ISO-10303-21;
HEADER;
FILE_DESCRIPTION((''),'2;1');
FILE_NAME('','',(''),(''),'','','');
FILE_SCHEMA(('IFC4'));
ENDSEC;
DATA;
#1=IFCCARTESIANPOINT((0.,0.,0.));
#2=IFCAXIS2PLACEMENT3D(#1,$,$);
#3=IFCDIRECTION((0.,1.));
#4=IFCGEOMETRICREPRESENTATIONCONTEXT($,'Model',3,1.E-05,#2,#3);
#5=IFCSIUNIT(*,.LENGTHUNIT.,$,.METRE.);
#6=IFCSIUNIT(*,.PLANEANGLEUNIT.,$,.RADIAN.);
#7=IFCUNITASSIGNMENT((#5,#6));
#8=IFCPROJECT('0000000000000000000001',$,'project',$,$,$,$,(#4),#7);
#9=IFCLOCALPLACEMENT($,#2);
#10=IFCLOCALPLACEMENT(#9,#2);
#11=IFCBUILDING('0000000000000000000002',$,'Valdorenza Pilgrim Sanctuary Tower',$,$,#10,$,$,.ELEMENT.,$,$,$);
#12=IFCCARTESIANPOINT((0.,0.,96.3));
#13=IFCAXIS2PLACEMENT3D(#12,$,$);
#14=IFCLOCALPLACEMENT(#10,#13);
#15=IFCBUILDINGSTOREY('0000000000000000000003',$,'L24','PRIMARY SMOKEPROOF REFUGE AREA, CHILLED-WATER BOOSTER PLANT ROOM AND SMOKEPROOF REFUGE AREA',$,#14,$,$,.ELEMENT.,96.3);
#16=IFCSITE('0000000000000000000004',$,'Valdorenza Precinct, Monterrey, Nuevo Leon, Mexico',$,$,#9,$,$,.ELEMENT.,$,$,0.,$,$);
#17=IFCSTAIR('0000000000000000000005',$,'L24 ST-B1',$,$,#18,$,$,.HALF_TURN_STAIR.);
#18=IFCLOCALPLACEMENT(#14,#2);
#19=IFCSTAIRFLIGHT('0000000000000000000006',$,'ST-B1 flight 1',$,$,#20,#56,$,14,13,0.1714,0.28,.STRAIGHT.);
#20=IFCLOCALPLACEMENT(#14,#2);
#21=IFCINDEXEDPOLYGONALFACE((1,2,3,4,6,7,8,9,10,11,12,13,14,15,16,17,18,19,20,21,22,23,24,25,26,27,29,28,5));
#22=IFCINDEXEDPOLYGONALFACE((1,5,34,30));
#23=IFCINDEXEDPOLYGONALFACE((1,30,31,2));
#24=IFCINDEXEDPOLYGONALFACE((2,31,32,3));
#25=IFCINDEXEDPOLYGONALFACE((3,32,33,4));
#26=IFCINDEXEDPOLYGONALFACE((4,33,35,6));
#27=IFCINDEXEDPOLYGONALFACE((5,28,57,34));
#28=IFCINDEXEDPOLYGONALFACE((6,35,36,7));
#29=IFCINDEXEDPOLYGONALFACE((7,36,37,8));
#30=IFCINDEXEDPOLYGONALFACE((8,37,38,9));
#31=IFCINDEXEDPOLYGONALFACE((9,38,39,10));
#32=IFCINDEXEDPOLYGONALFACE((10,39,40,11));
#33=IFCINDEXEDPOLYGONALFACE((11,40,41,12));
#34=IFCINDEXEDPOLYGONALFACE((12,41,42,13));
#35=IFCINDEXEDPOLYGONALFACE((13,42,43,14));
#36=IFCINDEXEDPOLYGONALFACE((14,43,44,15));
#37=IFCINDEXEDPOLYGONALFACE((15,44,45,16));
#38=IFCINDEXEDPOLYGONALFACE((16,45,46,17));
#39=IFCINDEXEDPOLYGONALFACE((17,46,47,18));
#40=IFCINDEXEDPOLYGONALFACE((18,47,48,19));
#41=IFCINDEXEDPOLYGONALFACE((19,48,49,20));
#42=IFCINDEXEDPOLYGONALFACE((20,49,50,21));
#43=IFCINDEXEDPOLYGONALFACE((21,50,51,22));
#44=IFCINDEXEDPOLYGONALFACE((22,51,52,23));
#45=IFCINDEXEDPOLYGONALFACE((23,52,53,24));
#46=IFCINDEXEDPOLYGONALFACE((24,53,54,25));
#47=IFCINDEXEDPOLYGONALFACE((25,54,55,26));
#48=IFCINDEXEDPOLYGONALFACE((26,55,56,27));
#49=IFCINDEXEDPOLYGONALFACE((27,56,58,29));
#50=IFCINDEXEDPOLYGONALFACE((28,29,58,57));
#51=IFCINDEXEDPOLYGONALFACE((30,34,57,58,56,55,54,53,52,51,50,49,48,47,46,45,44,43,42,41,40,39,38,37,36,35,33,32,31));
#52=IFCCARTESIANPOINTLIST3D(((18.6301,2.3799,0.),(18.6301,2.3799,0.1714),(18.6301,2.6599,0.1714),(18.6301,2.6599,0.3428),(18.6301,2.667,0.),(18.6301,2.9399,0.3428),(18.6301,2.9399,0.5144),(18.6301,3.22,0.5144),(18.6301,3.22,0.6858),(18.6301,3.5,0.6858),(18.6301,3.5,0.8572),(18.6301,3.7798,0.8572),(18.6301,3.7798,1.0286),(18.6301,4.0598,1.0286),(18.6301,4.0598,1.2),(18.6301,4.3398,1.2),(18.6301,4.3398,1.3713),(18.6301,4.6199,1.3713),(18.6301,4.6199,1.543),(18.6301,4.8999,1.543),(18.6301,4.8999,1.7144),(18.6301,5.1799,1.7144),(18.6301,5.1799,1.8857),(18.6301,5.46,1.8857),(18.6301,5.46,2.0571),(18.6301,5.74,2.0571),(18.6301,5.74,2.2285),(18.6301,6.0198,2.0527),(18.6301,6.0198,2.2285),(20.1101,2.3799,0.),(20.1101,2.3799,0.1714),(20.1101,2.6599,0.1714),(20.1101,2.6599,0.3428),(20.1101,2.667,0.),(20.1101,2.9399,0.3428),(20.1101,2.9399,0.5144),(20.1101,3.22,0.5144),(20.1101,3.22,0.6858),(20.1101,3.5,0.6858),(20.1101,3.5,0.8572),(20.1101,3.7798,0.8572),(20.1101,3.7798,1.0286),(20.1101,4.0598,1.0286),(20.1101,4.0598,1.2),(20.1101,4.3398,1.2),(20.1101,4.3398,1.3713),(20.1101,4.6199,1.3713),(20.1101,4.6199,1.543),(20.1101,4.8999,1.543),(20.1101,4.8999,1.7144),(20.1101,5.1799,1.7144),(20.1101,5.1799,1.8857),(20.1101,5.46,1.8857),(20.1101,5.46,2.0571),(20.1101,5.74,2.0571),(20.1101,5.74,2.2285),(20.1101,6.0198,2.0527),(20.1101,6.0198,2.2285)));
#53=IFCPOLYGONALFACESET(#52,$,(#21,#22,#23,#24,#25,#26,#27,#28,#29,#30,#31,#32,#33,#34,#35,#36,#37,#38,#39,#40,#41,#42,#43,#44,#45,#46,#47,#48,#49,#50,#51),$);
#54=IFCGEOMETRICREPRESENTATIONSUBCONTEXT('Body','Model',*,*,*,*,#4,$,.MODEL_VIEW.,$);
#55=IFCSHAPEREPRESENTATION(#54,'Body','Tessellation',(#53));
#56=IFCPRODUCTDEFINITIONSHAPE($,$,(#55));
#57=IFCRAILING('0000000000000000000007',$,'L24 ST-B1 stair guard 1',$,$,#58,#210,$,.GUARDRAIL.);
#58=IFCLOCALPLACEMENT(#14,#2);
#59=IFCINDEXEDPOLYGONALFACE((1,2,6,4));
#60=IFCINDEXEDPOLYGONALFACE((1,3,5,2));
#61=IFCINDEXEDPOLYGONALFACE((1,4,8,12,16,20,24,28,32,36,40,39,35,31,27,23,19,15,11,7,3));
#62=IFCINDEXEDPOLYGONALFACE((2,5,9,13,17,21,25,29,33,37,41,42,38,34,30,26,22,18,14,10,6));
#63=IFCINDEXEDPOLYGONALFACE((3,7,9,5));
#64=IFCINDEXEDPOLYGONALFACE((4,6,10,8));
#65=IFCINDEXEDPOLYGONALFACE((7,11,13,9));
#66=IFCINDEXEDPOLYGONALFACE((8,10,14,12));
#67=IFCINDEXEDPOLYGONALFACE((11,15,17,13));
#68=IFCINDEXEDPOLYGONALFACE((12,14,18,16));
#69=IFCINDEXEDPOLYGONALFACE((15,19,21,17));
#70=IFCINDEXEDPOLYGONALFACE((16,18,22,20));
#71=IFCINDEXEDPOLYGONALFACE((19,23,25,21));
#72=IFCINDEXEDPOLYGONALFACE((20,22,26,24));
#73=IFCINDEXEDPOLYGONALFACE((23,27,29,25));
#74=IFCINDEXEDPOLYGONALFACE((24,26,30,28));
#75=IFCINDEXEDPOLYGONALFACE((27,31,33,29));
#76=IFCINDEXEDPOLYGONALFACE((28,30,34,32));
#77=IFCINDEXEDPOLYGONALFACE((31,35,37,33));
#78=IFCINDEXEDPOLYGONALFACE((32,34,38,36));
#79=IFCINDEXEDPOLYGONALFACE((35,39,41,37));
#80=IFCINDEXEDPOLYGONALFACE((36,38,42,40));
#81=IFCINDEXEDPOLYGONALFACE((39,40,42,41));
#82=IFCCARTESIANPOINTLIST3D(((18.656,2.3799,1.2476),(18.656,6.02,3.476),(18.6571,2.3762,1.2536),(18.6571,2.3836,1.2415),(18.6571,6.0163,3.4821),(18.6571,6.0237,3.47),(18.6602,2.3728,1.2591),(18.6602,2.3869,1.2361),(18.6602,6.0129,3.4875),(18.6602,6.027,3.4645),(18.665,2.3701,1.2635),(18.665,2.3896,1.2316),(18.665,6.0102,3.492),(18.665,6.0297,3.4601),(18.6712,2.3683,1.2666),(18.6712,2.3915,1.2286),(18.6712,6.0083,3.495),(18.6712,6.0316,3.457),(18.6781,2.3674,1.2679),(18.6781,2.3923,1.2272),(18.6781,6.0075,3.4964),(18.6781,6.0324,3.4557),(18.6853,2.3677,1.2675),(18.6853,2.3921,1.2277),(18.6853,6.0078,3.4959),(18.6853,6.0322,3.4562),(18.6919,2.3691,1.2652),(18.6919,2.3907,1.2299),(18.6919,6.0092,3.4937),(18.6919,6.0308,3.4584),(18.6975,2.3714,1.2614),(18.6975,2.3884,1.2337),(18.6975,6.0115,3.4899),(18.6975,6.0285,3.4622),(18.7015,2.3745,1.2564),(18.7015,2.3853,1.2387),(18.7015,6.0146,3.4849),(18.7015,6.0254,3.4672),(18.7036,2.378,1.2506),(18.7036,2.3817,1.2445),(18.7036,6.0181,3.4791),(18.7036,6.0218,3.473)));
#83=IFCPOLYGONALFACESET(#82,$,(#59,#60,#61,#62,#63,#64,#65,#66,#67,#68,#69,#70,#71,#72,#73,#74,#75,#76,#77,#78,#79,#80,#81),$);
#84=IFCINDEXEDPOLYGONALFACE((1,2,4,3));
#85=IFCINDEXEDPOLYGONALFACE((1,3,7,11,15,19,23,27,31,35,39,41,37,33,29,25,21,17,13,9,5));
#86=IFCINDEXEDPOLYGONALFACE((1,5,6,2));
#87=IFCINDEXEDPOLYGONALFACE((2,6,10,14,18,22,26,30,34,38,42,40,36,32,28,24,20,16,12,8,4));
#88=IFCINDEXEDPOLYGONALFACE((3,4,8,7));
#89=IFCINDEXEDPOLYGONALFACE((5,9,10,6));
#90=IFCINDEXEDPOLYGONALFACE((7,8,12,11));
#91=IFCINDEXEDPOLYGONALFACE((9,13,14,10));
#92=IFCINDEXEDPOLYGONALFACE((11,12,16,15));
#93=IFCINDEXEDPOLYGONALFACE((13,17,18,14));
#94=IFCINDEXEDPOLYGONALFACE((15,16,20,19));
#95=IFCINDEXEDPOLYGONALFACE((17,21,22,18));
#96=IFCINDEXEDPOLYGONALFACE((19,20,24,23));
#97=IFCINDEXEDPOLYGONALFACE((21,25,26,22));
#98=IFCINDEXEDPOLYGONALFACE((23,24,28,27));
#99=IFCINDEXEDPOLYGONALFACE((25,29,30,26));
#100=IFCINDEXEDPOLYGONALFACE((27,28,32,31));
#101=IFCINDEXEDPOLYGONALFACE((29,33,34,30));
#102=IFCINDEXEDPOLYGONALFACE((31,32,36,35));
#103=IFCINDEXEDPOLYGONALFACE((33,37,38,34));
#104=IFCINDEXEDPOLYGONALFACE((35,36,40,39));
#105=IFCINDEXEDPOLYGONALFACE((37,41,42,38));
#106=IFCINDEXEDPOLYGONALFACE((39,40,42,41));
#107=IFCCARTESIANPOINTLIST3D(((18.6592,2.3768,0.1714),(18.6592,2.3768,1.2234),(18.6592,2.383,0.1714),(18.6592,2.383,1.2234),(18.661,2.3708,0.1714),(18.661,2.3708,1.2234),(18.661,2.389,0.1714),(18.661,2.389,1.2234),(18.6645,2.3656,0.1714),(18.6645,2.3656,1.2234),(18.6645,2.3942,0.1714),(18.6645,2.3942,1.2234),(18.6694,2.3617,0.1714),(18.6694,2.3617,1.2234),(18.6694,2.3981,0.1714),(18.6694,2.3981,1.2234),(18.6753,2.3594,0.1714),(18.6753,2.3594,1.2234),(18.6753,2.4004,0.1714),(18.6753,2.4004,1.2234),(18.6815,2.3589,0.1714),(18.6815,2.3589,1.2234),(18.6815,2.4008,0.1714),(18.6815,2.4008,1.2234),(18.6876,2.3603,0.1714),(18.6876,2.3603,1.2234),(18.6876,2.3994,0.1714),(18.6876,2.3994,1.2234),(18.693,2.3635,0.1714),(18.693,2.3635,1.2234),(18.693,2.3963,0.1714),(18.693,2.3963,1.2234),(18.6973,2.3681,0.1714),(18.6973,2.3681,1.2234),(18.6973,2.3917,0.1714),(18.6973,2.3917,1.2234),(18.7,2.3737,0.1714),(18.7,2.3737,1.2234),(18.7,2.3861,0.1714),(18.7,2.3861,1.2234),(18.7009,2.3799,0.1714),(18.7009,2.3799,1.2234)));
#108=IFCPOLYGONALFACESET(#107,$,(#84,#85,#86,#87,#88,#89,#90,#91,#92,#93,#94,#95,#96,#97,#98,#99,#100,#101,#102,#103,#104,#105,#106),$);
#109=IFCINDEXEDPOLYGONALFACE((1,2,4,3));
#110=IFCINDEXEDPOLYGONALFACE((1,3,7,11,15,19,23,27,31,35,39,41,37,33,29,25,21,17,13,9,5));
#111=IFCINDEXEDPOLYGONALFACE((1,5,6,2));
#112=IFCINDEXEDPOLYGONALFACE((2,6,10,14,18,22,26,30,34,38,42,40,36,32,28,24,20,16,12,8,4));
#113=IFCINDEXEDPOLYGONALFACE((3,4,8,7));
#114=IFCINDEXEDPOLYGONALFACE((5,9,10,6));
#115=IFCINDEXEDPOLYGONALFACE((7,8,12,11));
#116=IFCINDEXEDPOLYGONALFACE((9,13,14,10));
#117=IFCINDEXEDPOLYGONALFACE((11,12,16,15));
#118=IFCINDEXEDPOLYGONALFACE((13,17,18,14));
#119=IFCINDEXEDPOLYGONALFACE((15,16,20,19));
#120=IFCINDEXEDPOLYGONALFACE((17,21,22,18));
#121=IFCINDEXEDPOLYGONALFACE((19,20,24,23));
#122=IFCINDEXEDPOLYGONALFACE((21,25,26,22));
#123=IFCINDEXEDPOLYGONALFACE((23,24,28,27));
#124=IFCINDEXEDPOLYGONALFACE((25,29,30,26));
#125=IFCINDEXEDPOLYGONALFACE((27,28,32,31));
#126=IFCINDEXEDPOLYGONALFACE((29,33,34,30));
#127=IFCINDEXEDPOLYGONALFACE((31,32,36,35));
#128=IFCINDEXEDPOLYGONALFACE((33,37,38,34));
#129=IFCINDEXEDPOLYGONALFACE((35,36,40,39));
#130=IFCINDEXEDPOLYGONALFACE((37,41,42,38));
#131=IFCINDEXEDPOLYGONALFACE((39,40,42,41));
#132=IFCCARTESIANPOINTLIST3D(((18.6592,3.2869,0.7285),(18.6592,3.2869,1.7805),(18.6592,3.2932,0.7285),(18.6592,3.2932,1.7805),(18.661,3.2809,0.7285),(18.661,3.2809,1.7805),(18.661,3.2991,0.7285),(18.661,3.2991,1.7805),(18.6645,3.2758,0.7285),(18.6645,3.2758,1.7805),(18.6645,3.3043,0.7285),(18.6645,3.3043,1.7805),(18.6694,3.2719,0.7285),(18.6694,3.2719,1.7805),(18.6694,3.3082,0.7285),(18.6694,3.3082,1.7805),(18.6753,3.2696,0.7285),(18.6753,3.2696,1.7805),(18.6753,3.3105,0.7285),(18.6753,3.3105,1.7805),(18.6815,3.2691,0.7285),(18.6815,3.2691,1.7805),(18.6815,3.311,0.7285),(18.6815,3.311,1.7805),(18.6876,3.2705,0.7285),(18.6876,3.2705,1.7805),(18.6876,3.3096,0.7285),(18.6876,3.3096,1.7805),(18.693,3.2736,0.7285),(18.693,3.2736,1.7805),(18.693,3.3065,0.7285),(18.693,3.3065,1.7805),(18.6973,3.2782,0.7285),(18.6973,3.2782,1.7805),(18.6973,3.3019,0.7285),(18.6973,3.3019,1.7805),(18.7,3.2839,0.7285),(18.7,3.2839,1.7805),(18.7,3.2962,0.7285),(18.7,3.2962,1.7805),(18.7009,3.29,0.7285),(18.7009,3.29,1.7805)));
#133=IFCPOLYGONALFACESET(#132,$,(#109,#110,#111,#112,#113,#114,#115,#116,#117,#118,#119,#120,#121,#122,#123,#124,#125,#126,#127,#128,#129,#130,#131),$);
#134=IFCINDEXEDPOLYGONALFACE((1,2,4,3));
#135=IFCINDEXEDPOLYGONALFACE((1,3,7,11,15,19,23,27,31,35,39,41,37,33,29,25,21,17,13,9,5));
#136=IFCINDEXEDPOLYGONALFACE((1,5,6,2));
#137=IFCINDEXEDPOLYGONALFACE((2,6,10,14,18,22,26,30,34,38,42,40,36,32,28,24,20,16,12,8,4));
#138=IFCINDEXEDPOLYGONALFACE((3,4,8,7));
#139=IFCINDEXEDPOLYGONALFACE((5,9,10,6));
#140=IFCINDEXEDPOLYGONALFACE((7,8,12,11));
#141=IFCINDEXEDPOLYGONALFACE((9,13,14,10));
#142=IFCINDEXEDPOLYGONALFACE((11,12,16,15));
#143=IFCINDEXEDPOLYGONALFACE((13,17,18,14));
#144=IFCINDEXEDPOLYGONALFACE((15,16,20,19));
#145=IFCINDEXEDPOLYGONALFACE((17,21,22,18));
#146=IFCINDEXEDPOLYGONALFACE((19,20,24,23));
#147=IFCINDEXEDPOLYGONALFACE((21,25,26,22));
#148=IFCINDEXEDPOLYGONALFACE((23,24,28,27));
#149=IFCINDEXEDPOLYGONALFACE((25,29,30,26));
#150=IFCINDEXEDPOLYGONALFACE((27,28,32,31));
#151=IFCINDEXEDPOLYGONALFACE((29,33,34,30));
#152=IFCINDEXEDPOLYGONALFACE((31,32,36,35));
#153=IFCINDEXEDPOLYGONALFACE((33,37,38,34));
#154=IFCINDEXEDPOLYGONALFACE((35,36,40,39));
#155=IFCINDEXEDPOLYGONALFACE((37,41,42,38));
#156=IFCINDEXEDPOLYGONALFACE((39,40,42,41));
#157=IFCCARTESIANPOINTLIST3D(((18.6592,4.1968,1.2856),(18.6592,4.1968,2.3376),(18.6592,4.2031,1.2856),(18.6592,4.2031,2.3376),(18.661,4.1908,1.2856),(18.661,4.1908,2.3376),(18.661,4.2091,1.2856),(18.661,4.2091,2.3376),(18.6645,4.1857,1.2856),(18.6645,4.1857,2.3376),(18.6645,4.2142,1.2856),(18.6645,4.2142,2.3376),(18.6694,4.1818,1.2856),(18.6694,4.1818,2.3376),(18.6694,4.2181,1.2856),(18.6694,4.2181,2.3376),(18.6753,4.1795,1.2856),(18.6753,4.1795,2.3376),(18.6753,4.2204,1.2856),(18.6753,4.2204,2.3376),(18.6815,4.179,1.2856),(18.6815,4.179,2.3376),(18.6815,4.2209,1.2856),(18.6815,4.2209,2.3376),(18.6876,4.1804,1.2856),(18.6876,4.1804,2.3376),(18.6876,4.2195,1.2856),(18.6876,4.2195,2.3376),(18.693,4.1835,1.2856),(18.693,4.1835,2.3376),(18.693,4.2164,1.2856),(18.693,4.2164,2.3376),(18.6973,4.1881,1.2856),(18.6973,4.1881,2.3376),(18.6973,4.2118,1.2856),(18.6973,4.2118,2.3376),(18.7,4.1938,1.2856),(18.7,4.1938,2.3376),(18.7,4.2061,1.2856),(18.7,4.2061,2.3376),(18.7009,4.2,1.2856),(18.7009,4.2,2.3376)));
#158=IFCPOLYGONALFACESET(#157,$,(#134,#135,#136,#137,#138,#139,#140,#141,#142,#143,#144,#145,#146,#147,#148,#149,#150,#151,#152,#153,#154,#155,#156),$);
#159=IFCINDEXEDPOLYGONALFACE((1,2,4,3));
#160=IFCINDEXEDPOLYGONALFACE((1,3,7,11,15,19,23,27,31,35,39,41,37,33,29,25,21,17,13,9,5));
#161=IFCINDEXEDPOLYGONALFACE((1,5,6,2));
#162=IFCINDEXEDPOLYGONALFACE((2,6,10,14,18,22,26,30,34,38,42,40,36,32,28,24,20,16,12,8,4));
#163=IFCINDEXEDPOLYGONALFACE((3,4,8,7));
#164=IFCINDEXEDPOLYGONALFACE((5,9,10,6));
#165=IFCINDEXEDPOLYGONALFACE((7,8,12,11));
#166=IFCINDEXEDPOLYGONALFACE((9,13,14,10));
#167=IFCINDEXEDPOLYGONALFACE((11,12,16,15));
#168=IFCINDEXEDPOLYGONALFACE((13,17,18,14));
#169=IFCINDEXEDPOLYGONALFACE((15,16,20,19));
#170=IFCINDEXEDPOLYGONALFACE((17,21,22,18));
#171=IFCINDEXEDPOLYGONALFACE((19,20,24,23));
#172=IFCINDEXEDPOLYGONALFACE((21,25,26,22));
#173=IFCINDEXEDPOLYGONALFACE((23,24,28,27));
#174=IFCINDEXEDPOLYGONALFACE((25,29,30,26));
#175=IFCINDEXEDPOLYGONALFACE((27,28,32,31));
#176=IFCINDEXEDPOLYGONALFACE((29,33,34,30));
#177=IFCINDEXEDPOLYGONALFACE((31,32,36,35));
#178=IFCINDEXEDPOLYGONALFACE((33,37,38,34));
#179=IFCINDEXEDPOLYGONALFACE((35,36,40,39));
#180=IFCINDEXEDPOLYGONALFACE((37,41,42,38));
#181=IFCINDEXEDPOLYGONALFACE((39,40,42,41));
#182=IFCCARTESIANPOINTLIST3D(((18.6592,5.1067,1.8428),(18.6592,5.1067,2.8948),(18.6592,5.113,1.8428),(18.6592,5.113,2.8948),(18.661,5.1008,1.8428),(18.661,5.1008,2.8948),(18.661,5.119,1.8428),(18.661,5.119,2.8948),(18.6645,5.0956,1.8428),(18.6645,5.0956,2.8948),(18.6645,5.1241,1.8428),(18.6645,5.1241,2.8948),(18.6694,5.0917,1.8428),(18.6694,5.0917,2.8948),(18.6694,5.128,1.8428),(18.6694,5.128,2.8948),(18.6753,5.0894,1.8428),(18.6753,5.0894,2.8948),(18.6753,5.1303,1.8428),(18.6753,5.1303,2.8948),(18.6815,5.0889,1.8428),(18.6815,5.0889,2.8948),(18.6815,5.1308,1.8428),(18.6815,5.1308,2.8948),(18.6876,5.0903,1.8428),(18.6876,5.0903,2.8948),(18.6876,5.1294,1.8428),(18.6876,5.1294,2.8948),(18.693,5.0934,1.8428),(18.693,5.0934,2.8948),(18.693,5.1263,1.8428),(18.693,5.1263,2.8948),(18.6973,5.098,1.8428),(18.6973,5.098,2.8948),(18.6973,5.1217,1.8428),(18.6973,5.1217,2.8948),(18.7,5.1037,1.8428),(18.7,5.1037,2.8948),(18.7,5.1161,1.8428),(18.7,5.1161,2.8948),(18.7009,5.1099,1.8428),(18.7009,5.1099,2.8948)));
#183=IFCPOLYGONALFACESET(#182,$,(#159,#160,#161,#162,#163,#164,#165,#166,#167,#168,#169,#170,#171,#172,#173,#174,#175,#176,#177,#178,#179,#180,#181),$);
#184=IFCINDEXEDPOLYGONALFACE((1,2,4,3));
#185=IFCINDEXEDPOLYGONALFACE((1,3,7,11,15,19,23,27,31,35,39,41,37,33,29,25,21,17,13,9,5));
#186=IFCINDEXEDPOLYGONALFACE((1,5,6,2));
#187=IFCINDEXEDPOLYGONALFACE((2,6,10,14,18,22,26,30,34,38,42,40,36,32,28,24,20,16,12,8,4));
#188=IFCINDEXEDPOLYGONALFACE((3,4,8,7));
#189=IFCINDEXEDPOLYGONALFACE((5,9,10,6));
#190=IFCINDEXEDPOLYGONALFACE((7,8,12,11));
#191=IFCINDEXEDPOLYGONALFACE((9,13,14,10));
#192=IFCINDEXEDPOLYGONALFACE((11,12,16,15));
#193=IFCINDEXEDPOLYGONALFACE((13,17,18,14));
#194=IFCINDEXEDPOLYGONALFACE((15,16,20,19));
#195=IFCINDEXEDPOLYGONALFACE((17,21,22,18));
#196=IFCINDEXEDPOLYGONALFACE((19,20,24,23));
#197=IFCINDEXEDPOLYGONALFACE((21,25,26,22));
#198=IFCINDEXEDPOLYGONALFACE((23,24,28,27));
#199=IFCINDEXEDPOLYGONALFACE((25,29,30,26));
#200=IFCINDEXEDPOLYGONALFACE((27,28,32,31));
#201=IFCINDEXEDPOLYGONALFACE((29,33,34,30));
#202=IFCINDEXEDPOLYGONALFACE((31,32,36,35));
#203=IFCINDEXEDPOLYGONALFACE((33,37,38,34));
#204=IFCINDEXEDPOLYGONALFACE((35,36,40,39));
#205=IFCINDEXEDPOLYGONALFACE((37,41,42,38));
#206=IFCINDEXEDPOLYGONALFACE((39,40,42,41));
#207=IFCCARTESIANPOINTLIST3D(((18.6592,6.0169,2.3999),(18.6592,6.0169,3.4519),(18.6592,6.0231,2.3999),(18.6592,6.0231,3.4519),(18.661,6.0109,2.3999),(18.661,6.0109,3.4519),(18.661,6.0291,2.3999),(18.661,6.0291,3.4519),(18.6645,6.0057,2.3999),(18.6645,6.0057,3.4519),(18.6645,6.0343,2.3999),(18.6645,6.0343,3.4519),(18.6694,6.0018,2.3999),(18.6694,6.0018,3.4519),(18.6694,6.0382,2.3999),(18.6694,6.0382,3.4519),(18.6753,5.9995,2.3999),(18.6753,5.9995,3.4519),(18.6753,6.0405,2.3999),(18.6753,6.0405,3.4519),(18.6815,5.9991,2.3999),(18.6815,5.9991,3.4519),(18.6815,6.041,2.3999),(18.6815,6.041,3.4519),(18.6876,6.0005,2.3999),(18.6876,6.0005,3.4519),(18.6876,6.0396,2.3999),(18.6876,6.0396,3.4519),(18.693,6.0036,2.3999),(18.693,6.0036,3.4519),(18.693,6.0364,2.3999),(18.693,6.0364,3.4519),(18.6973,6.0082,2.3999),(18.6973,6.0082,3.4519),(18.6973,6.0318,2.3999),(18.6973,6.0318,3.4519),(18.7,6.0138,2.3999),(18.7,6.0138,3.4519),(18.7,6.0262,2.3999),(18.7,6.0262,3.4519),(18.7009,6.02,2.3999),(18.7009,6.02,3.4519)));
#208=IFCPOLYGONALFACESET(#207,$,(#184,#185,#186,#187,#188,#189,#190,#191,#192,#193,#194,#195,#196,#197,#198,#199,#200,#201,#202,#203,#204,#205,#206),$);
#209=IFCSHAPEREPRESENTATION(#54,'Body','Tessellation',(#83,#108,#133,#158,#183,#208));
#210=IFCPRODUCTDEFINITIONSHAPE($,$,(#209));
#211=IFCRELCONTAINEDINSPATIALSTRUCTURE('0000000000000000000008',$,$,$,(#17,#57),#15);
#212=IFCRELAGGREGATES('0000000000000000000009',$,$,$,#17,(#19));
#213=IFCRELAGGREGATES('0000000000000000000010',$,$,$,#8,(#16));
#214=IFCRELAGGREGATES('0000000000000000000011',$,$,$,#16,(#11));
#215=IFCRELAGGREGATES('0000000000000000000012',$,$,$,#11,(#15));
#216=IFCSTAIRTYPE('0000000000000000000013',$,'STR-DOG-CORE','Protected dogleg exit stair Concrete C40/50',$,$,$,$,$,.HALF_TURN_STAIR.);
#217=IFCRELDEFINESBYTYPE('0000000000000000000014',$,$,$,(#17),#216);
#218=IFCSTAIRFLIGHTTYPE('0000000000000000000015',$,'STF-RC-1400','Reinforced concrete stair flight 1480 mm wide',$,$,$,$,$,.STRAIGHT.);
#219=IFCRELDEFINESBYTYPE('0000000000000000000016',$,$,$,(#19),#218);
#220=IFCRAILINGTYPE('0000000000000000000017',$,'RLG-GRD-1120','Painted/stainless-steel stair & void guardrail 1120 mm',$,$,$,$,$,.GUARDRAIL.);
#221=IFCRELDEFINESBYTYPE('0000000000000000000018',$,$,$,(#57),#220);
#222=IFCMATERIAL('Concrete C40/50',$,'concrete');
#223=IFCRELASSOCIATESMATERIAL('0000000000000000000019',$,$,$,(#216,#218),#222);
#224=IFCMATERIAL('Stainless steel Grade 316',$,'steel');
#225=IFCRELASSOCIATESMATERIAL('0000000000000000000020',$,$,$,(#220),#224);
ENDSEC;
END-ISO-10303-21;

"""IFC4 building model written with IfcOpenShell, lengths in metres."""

from ifc_helpers import new_model, si_unit, direction, frame, origin, origin_2d, place, context, subcontext, project, spatial, polyline, circle, outline, extrude, material, type_object, element, aggregate, save


model = new_model("IFC4")

# Units and contexts
model_context = context("Model", 3, precision=1e-05, world=origin(), true_north=direction((0.0, 1.0)))
body_context = subcontext(model_context, "Body", "Model", "MODEL_VIEW")
ifc_project = project(units=[si_unit("LENGTHUNIT", "METRE"), si_unit("PLANEANGLEUNIT", "RADIAN")], contexts=[model_context])

# Site, building, storey
site_placement = place(None, origin())
site = spatial("IfcSite", under=ifc_project, at=site_placement, Name="Valdorenza Precinct, Monterrey, Nuevo Leon, Mexico", CompositionType="ELEMENT", RefElevation=0.0)
building_placement = place(site_placement, origin())
building = spatial("IfcBuilding", under=site, at=building_placement, Name="Valdorenza Pilgrim Sanctuary Tower", CompositionType="ELEMENT")
storey_placement = place(building_placement, frame((0.0, 0.0, 96.3)))
storey = spatial("IfcBuildingStorey", under=building, at=storey_placement, Name="L24", Description="PRIMARY SMOKEPROOF REFUGE AREA, CHILLED-WATER BOOSTER PLANT ROOM AND SMOKEPROOF REFUGE AREA", CompositionType="ELEMENT", Elevation=96.3)

# Stair, stair flight
ifc_material_1 = material(Name="Concrete C40/50", Category="concrete")
stair_type = type_object("IfcStairType", Name="STR-DOG-CORE", Description="Protected dogleg exit stair Concrete C40/50", PredefinedType="HALF_TURN_STAIR", material=ifc_material_1)
stair_placement = place(storey_placement, origin())
stair = element("IfcStair", 1, at=stair_placement, inside=storey, type_object=stair_type, Name="L24 ST-B1", PredefinedType="HALF_TURN_STAIR")
stair_flight_type = type_object("IfcStairFlightType", Name="STF-RC-1400", Description="Reinforced concrete stair flight 1480 mm wide", PredefinedType="STRAIGHT", material=ifc_material_1)
stair_flight_placement = place(storey_placement, frame((19.3701, 2.3799, 0.0), z_axis=(0.0, 0.0, 1.0), x_axis=(0.0, 1.0, 0.0)))
stair_flight = element("IfcStairFlight", 2, at=stair_flight_placement, type_object=stair_flight_type, Name="ST-B1 flight 1", NumberOfRisers=14, NumberOfTreads=13, PredefinedType="STRAIGHT", RiserHeight=0.1714, TreadLength=0.28, context=body_context, shape_type="SweptSolid", body=[
    extrude(outline(polyline([(0.0, 0.0), (0.0, 0.1714), (0.28, 0.1714), (0.28, 0.3428), (0.5601, 0.3428), (0.5601, 0.5144), (0.8401, 0.5144), (0.8401, 0.6858), (1.1201, 0.6858), (1.1201, 0.8572), (1.3999, 0.8572), (1.3999, 1.0286), (1.6799, 1.0286), (1.6799, 1.2), (1.96, 1.2), (1.96, 1.3713), (2.24, 1.3713), (2.24, 1.543), (2.52, 1.543), (2.52, 1.7144), (2.8, 1.7144), (2.8, 1.8857), (3.0801, 1.8857), (3.0801, 2.0571), (3.3601, 2.0571), (3.3601, 2.2285), (3.6399, 2.2285), (3.6399, 2.3999), (3.6399, 2.0527), (0.2871, 0.0), (0.0, 0.0)])), frame((0.0, 0.74, 0.0), z_axis=(0.0, -1.0, 0.0), x_axis=(1.0, 0.0, 0.0)), (0.0, 0.0, 1.0), 1.48),
])
aggregate(stair, [stair_flight])

# Railing
ifc_material_2 = material(Name="Stainless steel Grade 316", Category="steel")
railing_type_1 = type_object("IfcRailingType", Name="RLG-GRD-1120", Description="Painted/stainless-steel stair & void guardrail 1120 mm", PredefinedType="GUARDRAIL", material=ifc_material_2)
railing_1_placement = place(storey_placement, frame((18.6799, 2.3799, 0.1714)))
element("IfcRailing", 3, at=railing_1_placement, inside=storey, type_object=railing_type_1, Name="L24 ST-B1 stair guard 1", PredefinedType="GUARDRAIL", context=body_context, shape_type="SweptSolid", body=[
    extrude(circle(Radius=0.0239, at=origin_2d()), frame((0.0, 0.0, 1.0762), z_axis=(0.0, 0.852866, 0.52213), x_axis=(-1.0, 0.0, 0.0)), (0.0, 0.0, 1.0), 4.2681),
    extrude(circle(Radius=0.021, at=origin_2d()), origin(), (0.0, 0.0, 1.0), 1.052),
    extrude(circle(Radius=0.021, at=origin_2d()), frame((0.0, 0.9102, 0.5571)), (0.0, 0.0, 1.0), 1.052),
    extrude(circle(Radius=0.021, at=origin_2d()), frame((0.0, 1.8201, 1.1143)), (0.0, 0.0, 1.0), 1.052),
    extrude(circle(Radius=0.021, at=origin_2d()), frame((0.0, 2.73, 1.6714)), (0.0, 0.0, 1.0), 1.052),
    extrude(circle(Radius=0.021, at=origin_2d()), frame((0.0, 3.6401, 2.2285)), (0.0, 0.0, 1.0), 1.052),
])

save(model, "model.ifc")
